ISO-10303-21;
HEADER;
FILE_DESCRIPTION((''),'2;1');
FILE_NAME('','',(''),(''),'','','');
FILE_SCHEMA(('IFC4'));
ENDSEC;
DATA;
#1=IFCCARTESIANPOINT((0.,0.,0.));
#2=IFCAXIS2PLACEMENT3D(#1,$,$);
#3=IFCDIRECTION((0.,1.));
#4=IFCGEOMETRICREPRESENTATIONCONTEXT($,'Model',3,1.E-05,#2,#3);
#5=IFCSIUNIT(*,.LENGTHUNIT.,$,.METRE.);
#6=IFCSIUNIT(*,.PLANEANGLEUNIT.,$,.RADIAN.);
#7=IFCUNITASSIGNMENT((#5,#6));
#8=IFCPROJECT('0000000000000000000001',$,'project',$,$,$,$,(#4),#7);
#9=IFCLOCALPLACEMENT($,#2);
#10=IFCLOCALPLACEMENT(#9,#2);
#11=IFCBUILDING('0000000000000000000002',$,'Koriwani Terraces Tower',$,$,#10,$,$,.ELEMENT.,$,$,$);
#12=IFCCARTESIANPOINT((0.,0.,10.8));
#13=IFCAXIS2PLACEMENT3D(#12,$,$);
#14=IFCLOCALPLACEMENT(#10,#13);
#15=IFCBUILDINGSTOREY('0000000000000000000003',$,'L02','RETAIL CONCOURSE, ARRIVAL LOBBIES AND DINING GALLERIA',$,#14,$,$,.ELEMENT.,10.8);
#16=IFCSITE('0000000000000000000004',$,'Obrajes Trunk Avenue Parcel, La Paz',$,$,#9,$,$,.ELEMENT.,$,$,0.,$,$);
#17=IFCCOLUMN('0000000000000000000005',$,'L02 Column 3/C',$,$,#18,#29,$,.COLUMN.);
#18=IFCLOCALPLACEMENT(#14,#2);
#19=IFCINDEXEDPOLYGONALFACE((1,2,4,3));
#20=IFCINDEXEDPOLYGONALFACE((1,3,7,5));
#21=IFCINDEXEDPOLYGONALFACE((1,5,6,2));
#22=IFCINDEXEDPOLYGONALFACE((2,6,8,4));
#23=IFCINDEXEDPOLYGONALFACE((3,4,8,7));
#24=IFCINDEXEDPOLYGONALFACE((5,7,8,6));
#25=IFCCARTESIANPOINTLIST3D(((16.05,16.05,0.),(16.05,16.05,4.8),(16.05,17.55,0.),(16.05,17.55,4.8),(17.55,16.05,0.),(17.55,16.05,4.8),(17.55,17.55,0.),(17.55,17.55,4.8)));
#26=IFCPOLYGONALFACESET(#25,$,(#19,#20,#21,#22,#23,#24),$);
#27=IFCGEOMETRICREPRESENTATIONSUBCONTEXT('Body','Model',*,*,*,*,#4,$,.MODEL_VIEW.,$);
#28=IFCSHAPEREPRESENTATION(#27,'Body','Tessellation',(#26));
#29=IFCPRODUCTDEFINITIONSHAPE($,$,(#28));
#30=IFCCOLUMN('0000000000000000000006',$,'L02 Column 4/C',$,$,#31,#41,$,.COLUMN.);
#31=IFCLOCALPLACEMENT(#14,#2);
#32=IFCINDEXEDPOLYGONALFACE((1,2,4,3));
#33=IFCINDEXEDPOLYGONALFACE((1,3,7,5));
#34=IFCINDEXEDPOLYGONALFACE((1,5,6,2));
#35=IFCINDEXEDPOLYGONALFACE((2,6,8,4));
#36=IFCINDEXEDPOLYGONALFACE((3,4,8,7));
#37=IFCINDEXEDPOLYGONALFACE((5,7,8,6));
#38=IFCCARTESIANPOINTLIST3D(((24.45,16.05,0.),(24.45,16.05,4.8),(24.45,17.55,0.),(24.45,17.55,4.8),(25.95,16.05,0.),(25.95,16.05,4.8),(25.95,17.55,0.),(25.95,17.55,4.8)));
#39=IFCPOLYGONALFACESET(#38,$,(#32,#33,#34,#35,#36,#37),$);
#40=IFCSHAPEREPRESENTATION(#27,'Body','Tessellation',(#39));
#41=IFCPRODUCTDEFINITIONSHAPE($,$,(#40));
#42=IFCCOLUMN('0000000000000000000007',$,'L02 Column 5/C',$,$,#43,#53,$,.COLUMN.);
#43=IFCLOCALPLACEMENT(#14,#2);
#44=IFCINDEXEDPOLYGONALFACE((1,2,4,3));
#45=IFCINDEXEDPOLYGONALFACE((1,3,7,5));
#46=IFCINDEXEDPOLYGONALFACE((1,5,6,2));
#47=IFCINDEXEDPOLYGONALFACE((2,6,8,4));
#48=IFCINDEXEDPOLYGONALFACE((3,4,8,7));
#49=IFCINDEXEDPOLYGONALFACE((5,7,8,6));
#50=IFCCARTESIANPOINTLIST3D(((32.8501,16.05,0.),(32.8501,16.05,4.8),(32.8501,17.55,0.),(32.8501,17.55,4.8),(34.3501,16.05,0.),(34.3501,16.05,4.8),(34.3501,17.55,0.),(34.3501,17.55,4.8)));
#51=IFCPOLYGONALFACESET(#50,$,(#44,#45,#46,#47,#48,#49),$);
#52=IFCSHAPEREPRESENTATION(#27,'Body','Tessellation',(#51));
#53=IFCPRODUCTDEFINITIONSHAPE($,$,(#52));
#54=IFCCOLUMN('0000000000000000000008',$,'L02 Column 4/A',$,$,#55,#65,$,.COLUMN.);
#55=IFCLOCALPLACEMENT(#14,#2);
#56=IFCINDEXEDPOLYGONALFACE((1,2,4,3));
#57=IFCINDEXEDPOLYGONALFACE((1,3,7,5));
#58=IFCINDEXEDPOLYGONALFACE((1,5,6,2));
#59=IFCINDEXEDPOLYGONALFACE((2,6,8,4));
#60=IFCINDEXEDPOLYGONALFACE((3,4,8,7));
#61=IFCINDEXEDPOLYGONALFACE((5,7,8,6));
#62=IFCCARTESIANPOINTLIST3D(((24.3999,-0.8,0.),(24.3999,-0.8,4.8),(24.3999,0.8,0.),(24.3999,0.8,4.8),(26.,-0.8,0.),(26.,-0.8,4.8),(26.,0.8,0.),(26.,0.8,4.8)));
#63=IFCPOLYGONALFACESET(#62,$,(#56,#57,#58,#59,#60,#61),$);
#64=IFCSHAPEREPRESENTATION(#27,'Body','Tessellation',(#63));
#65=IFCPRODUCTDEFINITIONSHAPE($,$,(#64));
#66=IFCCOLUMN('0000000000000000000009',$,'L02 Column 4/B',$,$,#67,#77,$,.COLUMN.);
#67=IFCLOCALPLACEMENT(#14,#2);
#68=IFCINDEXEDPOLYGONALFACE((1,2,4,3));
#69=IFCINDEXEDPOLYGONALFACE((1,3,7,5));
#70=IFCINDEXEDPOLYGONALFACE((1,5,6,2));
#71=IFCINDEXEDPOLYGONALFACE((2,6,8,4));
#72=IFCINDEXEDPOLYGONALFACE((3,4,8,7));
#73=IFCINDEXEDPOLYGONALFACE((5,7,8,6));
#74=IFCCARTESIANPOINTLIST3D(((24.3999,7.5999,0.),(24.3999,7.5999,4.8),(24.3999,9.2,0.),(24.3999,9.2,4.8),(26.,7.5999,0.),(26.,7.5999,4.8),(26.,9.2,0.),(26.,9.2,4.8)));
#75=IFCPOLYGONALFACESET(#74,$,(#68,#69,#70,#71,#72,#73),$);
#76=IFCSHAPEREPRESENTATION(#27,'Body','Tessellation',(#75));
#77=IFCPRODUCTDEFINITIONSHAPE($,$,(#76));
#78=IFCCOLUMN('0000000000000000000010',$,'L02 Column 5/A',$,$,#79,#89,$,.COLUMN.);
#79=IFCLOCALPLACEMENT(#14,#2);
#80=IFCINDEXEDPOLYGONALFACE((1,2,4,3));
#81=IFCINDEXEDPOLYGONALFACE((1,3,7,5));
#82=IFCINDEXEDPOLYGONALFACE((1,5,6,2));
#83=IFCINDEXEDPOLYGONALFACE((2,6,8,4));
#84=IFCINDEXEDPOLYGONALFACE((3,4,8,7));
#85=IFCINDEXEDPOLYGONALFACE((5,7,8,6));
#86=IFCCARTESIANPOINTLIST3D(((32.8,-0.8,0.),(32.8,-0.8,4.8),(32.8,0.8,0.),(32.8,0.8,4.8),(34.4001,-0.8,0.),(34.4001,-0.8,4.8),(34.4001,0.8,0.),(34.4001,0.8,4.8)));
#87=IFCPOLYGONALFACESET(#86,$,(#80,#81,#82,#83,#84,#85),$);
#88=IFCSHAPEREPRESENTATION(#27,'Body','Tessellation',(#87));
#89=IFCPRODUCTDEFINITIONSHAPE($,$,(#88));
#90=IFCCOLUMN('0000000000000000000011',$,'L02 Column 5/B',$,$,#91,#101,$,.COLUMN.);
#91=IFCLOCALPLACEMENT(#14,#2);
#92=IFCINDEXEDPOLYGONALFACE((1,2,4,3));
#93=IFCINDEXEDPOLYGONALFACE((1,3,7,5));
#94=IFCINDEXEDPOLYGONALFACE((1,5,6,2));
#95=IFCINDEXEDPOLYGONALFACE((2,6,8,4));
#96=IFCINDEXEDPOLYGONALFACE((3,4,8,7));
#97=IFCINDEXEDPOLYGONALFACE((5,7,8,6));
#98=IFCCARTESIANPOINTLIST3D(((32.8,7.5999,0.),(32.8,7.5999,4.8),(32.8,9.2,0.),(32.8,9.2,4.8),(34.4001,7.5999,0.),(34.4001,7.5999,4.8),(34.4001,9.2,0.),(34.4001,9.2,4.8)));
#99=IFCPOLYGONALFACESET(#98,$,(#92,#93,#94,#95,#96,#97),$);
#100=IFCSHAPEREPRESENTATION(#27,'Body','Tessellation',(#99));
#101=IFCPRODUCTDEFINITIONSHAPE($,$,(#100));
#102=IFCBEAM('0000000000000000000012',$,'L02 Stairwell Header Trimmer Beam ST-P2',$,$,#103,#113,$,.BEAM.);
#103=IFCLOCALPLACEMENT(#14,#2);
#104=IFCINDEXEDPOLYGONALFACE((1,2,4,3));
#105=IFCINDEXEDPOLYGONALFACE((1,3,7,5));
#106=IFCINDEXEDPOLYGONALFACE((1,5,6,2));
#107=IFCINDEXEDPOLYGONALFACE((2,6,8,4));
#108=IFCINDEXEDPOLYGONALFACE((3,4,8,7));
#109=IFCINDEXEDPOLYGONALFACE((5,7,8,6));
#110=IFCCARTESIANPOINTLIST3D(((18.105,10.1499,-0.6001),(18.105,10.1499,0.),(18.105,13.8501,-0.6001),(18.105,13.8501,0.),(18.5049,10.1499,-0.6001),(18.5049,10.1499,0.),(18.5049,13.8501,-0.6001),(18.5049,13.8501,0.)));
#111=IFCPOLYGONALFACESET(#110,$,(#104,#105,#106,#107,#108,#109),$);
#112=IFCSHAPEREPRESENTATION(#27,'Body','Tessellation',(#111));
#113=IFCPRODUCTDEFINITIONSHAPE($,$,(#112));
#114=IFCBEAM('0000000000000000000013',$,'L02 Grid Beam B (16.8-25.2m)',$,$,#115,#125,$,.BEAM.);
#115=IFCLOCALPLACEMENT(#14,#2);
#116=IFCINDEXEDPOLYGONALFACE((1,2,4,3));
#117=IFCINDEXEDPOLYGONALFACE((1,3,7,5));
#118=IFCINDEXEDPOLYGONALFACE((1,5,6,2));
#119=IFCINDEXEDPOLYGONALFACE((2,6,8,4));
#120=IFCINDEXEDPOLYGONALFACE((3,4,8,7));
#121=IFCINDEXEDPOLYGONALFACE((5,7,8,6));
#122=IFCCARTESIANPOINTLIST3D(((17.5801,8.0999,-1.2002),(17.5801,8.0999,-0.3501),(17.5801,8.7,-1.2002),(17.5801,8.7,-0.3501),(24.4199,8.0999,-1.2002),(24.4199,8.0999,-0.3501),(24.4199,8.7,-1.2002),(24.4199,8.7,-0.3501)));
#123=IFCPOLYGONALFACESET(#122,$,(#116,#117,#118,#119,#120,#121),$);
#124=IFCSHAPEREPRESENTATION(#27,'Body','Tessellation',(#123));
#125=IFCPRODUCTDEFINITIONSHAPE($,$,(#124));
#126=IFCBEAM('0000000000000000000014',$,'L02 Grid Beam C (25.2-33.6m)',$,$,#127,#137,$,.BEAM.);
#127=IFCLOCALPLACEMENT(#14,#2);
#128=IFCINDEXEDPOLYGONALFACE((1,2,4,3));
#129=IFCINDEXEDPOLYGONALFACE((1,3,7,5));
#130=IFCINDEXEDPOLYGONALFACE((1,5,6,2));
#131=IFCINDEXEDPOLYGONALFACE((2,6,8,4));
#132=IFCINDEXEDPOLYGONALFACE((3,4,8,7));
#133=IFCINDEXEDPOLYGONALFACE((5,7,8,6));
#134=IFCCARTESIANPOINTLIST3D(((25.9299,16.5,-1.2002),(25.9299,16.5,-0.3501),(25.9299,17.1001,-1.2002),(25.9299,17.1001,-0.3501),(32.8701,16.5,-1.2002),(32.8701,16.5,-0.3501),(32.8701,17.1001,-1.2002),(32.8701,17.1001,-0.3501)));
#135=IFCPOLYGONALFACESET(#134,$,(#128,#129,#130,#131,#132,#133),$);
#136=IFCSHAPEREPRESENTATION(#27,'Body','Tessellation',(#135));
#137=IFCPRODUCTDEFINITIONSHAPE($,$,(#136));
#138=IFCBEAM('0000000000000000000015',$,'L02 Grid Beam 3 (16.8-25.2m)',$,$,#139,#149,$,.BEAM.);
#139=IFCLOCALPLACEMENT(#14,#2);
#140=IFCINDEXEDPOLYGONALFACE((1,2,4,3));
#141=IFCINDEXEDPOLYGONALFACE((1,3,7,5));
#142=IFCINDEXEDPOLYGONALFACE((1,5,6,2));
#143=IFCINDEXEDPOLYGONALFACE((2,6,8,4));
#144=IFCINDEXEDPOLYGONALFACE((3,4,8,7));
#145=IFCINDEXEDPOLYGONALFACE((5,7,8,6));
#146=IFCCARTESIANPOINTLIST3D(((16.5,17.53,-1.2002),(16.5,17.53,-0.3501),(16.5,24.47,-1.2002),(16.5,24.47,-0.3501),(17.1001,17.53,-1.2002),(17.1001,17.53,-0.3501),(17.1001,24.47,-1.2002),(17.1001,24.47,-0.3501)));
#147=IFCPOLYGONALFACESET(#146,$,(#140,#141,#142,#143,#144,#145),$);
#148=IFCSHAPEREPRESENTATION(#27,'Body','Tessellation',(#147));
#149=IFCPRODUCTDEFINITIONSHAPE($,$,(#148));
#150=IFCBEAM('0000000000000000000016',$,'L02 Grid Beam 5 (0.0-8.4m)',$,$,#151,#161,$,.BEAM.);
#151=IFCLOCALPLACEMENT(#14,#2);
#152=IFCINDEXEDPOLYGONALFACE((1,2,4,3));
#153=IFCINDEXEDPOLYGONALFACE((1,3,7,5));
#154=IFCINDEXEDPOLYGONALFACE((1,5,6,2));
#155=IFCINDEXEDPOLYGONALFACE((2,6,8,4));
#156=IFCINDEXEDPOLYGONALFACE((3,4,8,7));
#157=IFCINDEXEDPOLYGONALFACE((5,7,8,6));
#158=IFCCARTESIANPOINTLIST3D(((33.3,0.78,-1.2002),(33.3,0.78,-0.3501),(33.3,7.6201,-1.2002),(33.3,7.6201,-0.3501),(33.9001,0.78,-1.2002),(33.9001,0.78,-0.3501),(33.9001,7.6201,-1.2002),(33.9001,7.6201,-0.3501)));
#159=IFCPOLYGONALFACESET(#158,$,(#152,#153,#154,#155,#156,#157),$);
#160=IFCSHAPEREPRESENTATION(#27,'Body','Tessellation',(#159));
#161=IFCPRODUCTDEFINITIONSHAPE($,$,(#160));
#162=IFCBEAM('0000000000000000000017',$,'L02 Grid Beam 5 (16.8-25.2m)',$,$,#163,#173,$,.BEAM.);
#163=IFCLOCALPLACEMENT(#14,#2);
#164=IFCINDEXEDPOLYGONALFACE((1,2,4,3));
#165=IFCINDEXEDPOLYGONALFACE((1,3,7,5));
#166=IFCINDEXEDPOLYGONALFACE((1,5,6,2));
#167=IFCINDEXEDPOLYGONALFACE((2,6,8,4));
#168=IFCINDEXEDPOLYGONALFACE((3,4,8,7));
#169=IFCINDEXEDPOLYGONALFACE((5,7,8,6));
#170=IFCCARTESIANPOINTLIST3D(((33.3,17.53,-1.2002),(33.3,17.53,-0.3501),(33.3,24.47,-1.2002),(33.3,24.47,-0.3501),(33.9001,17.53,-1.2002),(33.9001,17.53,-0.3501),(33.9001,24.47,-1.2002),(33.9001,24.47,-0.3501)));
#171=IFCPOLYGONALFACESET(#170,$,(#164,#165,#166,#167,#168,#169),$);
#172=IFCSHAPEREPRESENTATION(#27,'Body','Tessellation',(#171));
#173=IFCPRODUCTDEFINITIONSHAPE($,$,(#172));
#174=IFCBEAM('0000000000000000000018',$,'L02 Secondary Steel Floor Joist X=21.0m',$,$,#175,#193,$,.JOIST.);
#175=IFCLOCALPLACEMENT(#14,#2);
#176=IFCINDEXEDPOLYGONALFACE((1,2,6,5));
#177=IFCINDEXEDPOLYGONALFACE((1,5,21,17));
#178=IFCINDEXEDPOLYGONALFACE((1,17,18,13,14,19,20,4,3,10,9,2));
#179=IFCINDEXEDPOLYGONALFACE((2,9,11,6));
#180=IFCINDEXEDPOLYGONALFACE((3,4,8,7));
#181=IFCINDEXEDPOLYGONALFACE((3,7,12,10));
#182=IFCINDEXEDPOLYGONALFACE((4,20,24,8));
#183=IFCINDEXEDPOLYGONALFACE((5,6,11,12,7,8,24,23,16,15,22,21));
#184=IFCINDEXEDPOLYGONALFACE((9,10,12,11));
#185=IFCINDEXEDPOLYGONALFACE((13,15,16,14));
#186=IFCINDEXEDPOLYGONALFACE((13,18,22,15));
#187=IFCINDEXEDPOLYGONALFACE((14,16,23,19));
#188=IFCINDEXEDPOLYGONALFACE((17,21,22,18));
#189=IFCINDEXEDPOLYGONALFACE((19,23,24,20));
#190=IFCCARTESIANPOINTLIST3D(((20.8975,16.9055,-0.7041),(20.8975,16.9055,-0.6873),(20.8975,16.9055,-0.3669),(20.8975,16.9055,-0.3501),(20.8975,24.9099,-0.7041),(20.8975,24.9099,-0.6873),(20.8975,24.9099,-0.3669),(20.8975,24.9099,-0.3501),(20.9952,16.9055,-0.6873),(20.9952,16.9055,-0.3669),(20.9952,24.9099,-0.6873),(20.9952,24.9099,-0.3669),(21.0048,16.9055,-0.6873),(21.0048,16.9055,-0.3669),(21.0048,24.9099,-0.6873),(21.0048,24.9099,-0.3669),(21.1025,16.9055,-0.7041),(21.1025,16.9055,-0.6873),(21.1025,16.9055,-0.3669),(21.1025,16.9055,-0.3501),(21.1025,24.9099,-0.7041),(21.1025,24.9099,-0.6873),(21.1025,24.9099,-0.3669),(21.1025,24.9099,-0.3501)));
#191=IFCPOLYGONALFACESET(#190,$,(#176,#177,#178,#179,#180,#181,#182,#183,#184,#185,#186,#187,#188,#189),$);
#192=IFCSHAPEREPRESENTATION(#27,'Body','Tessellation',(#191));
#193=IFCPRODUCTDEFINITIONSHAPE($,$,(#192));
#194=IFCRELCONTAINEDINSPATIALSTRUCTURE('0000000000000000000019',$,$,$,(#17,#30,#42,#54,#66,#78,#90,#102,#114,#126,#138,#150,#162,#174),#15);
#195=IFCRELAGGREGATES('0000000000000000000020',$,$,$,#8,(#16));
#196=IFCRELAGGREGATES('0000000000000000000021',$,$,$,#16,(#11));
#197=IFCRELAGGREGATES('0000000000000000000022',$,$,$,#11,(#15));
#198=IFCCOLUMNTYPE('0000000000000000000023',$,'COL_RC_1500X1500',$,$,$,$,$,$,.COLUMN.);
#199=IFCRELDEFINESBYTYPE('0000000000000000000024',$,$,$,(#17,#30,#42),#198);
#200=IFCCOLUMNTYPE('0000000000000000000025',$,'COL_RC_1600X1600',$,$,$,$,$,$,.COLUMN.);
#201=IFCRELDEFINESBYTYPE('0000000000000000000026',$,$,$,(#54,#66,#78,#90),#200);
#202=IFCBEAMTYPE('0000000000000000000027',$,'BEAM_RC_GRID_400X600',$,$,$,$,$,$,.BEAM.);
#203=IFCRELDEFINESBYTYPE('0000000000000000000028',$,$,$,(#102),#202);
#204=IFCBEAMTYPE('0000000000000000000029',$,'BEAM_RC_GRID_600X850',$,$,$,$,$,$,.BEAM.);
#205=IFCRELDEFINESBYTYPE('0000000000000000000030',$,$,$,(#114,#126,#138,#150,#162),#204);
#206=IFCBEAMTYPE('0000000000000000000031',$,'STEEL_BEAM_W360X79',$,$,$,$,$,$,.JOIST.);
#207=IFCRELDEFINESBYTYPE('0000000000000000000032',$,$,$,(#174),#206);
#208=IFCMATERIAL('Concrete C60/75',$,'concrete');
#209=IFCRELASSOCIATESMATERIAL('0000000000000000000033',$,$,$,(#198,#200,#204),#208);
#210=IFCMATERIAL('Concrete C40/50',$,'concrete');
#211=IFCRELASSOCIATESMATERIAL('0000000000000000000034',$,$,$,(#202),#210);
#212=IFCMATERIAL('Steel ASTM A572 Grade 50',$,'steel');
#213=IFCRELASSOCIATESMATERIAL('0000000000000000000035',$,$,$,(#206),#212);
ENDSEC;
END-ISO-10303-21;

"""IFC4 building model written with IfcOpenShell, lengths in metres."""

from ifc_helpers import new_model, si_unit, direction, frame, origin, origin_2d, place, context, subcontext, project, spatial, rectangle, i_section, extrude, material, material_profile, profile_set, type_object, element, save


model = new_model("IFC4")

# Units and contexts
model_context = context("Model", 3, precision=1e-05, world=origin(), true_north=direction((0.0, 1.0)))
body_context = subcontext(model_context, "Body", "Model", "MODEL_VIEW")
ifc_project = project(units=[si_unit("LENGTHUNIT", "METRE"), si_unit("PLANEANGLEUNIT", "RADIAN")], contexts=[model_context])

# Site, building, storey
site_placement = place(None, origin())
site = spatial("IfcSite", under=ifc_project, at=site_placement, Name="Obrajes Trunk Avenue Parcel, La Paz", CompositionType="ELEMENT", RefElevation=0.0)
building_placement = place(site_placement, origin())
building = spatial("IfcBuilding", under=site, at=building_placement, Name="Koriwani Terraces Tower", CompositionType="ELEMENT")
storey_placement = place(building_placement, frame((0.0, 0.0, 10.8)))
storey = spatial("IfcBuildingStorey", under=building, at=storey_placement, Name="L02", Description="RETAIL CONCOURSE, ARRIVAL LOBBIES AND DINING GALLERIA", CompositionType="ELEMENT", Elevation=10.8)

# Columns
ifc_material_1 = material(Name="Concrete C60/75", Category="concrete")
ifc_material_profile_1 = material_profile(ifc_material_1, rectangle(XDim=1.5, YDim=1.5, at=origin_2d()), Name="Concrete C60/75", Category="LoadBearing")
ifc_profile_set_1 = profile_set([ifc_material_profile_1], Name="Concrete C60/75")
column_type_1 = type_object("IfcColumnType", Name="COL_RC_1500X1500", PredefinedType="COLUMN", material=ifc_profile_set_1)
for number, where, z_axis, x_axis, name in (
    (1, (16.8, 16.8, 0.0), (0.0, 0.0, 1.0), (1.0, 0.0, 0.0), "L02 Column 3/C"),
    (2, (25.2, 16.8, 0.0), (0.0, 0.0, 1.0), (1.0, 0.0, 0.0), "L02 Column 4/C"),
    (3, (33.6001, 16.8, 0.0), (0.0, 0.0, 1.0), (1.0, 0.0, 0.0), "L02 Column 5/C"),
):
    element("IfcColumn", number, at=place(storey_placement, frame(where, z_axis=z_axis, x_axis=x_axis)), inside=storey, type_object=column_type_1, Name=name, PredefinedType="COLUMN", context=body_context, shape_type="SweptSolid", body=[
        extrude(rectangle(XDim=1.5, YDim=1.5, at=origin_2d()), origin(), (0.0, 0.0, 1.0), 4.8),
    ])
ifc_material_profile_2 = material_profile(ifc_material_1, rectangle(XDim=1.6001, YDim=1.6001, at=origin_2d()), Name="Concrete C60/75", Category="LoadBearing")
ifc_profile_set_2 = profile_set([ifc_material_profile_2], Name="Concrete C60/75")
column_type_2 = type_object("IfcColumnType", Name="COL_RC_1600X1600", PredefinedType="COLUMN", material=ifc_profile_set_2)
for number, where, z_axis, x_axis, name in (
    (4, (25.2, 0.0, 0.0), (0.0, 0.0, 1.0), (1.0, 0.0, 0.0), "L02 Column 4/A"),
    (5, (25.2, 8.3999, 0.0), (0.0, 0.0, 1.0), (1.0, 0.0, 0.0), "L02 Column 4/B"),
    (6, (33.6001, 0.0, 0.0), (0.0, 0.0, 1.0), (1.0, 0.0, 0.0), "L02 Column 5/A"),
    (7, (33.6001, 8.3999, 0.0), (0.0, 0.0, 1.0), (1.0, 0.0, 0.0), "L02 Column 5/B"),
):
    element("IfcColumn", number, at=place(storey_placement, frame(where, z_axis=z_axis, x_axis=x_axis)), inside=storey, type_object=column_type_2, Name=name, PredefinedType="COLUMN", context=body_context, shape_type="SweptSolid", body=[
        extrude(rectangle(XDim=1.6001, YDim=1.6001, at=origin_2d()), origin(), (0.0, 0.0, 1.0), 4.8),
    ])

# Beams
ifc_material_2 = material(Name="Concrete C40/50", Category="concrete")
ifc_material_profile_3 = material_profile(ifc_material_2, rectangle(XDim=0.3999, YDim=0.6001, at=origin_2d()), Name="Concrete C40/50", Category="LoadBearing")
ifc_profile_set_3 = profile_set([ifc_material_profile_3], Name="Concrete C40/50")
beam_type_1 = type_object("IfcBeamType", Name="BEAM_RC_GRID_400X600", PredefinedType="BEAM", material=ifc_profile_set_3)
beam_1_placement = place(storey_placement, frame((18.3049, 10.1499, -0.3), z_axis=(0.0, 1.0, 0.0), x_axis=(-1.0, 0.0, 0.0)))
element("IfcBeam", 8, at=beam_1_placement, inside=storey, type_object=beam_type_1, Name="L02 Stairwell Header Trimmer Beam ST-P2", PredefinedType="BEAM", context=body_context, shape_type="SweptSolid", body=[
    extrude(rectangle(XDim=0.3999, YDim=0.6001, at=origin_2d()), origin(), (0.0, 0.0, 1.0), 3.7002),
])
ifc_material_profile_4 = material_profile(ifc_material_1, rectangle(XDim=0.6001, YDim=0.8501, at=origin_2d()), Name="Concrete C60/75", Category="LoadBearing")
ifc_profile_set_4 = profile_set([ifc_material_profile_4], Name="Concrete C60/75")
beam_type_2 = type_object("IfcBeamType", Name="BEAM_RC_GRID_600X850", PredefinedType="BEAM", material=ifc_profile_set_4)
beam_2_placement = place(storey_placement, frame((17.5801, 8.3999, -0.7751), z_axis=(1.0, 0.0, 0.0), x_axis=(0.0, 1.0, 0.0)))
element("IfcBeam", 9, at=beam_2_placement, inside=storey, type_object=beam_type_2, Name="L02 Grid Beam B (16.8-25.2m)", PredefinedType="BEAM", context=body_context, shape_type="SweptSolid", body=[
    extrude(rectangle(XDim=0.6001, YDim=0.8501, at=origin_2d()), origin(), (0.0, 0.0, 1.0), 6.8398),
])
beam_3_placement = place(storey_placement, frame((25.9299, 16.8, -0.7751), z_axis=(1.0, 0.0, 0.0), x_axis=(0.0, 1.0, 0.0)))
element("IfcBeam", 10, at=beam_3_placement, inside=storey, type_object=beam_type_2, Name="L02 Grid Beam C (25.2-33.6m)", PredefinedType="BEAM", context=body_context, shape_type="SweptSolid", body=[
    extrude(rectangle(XDim=0.6001, YDim=0.8501, at=origin_2d()), origin(), (0.0, 0.0, 1.0), 6.9402),
])
beam_4_placement = place(storey_placement, frame((16.8, 17.53, -0.7751), z_axis=(0.0, 1.0, 0.0), x_axis=(-1.0, 0.0, 0.0)))
element("IfcBeam", 11, at=beam_4_placement, inside=storey, type_object=beam_type_2, Name="L02 Grid Beam 3 (16.8-25.2m)", PredefinedType="BEAM", context=body_context, shape_type="SweptSolid", body=[
    extrude(rectangle(XDim=0.6001, YDim=0.8501, at=origin_2d()), origin(), (0.0, 0.0, 1.0), 6.9399),
])
beam_5_placement = place(storey_placement, frame((33.6001, 0.78, -0.7751), z_axis=(0.0, 1.0, 0.0), x_axis=(-1.0, 0.0, 0.0)))
element("IfcBeam", 12, at=beam_5_placement, inside=storey, type_object=beam_type_2, Name="L02 Grid Beam 5 (0.0-8.4m)", PredefinedType="BEAM", context=body_context, shape_type="SweptSolid", body=[
    extrude(rectangle(XDim=0.6001, YDim=0.8501, at=origin_2d()), origin(), (0.0, 0.0, 1.0), 6.8401),
])
beam_6_placement = place(storey_placement, frame((33.6001, 17.53, -0.7751), z_axis=(0.0, 1.0, 0.0), x_axis=(-1.0, 0.0, 0.0)))
element("IfcBeam", 13, at=beam_6_placement, inside=storey, type_object=beam_type_2, Name="L02 Grid Beam 5 (16.8-25.2m)", PredefinedType="BEAM", context=body_context, shape_type="SweptSolid", body=[
    extrude(rectangle(XDim=0.6001, YDim=0.8501, at=origin_2d()), origin(), (0.0, 0.0, 1.0), 6.9399),
])
ifc_material_3 = material(Name="Steel ASTM A572 Grade 50", Category="steel")
ifc_material_profile_5 = material_profile(ifc_material_3, i_section(OverallWidth=0.2051, OverallDepth=0.354, WebThickness=0.0095, FlangeThickness=0.0168, at=origin_2d()), Name="Steel ASTM A572 Grade 50", Category="LoadBearing")
ifc_profile_set_5 = profile_set([ifc_material_profile_5], Name="Steel ASTM A572 Grade 50")
beam_type_3 = type_object("IfcBeamType", Name="STEEL_BEAM_W360X79", PredefinedType="JOIST", material=ifc_profile_set_5)
for number, where, z_axis, x_axis, name in (
    (14, (21.0, 16.9055, -0.5271), (0.0, 1.0, 0.0), (-1.0, 0.0, 0.0), "L02 Secondary Steel Floor Joist X=21.0m"),
):
    element("IfcBeam", number, at=place(storey_placement, frame(where, z_axis=z_axis, x_axis=x_axis)), inside=storey, type_object=beam_type_3, Name=name, PredefinedType="JOIST", context=body_context, shape_type="SweptSolid", body=[
        extrude(i_section(OverallWidth=0.2051, OverallDepth=0.354, WebThickness=0.0095, FlangeThickness=0.0168, at=origin_2d()), origin(), (0.0, 0.0, 1.0), 8.0044),
    ])

save(model, "model.ifc")
